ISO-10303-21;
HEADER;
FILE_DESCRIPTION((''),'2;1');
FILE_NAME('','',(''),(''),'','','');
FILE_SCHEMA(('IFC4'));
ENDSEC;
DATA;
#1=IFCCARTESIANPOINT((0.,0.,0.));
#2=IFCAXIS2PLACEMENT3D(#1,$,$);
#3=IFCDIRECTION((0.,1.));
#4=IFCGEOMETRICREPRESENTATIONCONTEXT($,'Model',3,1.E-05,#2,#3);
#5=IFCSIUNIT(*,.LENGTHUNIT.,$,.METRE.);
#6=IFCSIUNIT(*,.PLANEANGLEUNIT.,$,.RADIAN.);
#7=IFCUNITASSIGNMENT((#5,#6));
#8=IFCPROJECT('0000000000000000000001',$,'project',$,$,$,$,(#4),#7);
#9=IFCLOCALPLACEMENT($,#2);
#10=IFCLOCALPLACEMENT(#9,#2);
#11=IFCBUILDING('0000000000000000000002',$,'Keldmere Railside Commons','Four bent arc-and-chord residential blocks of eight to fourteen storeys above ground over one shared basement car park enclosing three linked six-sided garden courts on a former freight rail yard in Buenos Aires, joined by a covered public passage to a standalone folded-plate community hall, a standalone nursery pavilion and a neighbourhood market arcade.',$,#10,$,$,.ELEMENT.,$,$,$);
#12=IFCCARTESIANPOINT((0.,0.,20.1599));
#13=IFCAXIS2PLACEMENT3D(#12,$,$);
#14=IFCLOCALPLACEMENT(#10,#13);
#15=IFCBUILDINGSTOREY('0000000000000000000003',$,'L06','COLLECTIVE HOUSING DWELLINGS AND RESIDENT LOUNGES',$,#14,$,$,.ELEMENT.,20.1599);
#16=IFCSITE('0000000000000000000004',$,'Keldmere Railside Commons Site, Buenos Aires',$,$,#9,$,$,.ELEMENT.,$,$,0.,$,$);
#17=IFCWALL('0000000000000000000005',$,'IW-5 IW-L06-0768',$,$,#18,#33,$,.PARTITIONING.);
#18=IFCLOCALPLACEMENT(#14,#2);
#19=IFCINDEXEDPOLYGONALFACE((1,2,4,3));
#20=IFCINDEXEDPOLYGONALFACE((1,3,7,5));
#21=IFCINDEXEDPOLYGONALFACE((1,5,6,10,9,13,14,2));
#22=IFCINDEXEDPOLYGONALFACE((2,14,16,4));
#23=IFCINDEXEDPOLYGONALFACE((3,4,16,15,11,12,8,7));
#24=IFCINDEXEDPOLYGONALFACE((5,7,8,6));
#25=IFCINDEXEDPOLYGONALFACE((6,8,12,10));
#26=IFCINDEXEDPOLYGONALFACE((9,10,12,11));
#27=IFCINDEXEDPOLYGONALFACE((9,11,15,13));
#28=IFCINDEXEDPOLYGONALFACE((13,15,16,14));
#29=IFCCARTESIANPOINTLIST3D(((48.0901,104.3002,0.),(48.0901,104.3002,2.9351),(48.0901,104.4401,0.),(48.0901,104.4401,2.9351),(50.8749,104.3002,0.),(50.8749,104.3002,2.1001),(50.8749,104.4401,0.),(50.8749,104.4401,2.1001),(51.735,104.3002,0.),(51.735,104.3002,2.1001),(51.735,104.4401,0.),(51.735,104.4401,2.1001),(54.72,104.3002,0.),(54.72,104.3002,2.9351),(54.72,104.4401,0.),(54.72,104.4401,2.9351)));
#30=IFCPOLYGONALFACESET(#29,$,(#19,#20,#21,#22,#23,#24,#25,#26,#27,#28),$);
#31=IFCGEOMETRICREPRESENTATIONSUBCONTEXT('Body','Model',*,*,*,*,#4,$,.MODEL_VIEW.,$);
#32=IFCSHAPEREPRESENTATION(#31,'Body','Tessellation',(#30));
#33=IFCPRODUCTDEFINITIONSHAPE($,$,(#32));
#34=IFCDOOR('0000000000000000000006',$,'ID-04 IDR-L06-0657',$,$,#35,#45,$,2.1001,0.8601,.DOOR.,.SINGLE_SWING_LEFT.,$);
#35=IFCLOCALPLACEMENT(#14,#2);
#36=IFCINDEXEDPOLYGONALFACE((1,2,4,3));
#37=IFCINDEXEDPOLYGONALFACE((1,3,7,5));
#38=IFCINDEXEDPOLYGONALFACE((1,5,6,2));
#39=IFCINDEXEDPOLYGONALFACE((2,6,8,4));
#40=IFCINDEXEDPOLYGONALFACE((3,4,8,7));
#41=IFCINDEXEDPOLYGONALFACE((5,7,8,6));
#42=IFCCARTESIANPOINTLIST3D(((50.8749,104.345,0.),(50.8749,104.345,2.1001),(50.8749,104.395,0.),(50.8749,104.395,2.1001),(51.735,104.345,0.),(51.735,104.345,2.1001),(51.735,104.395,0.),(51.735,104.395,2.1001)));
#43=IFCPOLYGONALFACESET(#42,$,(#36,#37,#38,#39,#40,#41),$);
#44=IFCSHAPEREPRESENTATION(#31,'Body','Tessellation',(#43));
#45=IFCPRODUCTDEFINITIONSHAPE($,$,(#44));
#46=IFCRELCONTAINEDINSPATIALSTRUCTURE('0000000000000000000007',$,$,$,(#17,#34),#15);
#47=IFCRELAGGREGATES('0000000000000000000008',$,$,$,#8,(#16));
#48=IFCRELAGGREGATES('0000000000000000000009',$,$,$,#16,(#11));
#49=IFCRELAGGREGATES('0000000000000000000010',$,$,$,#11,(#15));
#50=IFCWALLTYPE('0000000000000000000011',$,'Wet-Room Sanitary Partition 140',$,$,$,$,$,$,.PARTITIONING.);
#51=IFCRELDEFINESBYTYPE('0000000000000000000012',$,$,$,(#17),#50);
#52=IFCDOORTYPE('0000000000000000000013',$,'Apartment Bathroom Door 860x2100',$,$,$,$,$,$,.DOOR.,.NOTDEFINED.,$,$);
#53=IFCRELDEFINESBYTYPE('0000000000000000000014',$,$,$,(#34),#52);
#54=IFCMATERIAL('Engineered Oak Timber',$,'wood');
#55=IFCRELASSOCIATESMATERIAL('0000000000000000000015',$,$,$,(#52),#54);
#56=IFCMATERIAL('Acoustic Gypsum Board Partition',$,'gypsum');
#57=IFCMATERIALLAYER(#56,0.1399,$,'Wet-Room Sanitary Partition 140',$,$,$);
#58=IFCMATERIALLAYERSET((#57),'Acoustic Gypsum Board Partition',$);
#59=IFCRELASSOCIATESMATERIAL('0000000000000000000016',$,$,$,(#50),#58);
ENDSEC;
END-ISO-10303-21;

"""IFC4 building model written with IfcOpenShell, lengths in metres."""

from ifc_helpers import new_model, si_unit, direction, frame, frame_2d, origin, place, context, subcontext, project, spatial, rectangle, extrude, material, layer, layer_set, type_object, element, fill, save


model = new_model("IFC4")

# Units and contexts
model_context = context("Model", 3, precision=1e-05, world=origin(), true_north=direction((0.0, 1.0)))
body_context = subcontext(model_context, "Body", "Model", "MODEL_VIEW")
ifc_project = project(units=[si_unit("LENGTHUNIT", "METRE"), si_unit("PLANEANGLEUNIT", "RADIAN")], contexts=[model_context])

# Site, building, storey
site_placement = place(None, origin())
site = spatial("IfcSite", under=ifc_project, at=site_placement, Name="Keldmere Railside Commons Site, Buenos Aires", CompositionType="ELEMENT", RefElevation=0.0)
building_placement = place(site_placement, origin())
building = spatial("IfcBuilding", under=site, at=building_placement, Name="Keldmere Railside Commons", Description="Four bent arc-and-chord residential blocks of eight to fourteen storeys above ground over one shared basement car park enclosing three linked six-sided garden courts on a former freight rail yard in Buenos Aires, joined by a covered public passage to a standalone folded-plate community hall, a standalone nursery pavilion and a neighbourhood market arcade.", CompositionType="ELEMENT")
storey_placement = place(building_placement, frame((0.0, 0.0, 20.1599)))
storey = spatial("IfcBuildingStorey", under=building, at=storey_placement, Name="L06", Description="COLLECTIVE HOUSING DWELLINGS AND RESIDENT LOUNGES", CompositionType="ELEMENT", Elevation=20.1599)

# Shared definitions
ifc_material_1 = material(Name="Acoustic Gypsum Board Partition", Category="gypsum")

# Shared definitions
ifc_material_2 = material(Name="Engineered Oak Timber", Category="wood")
door_type_1 = type_object("IfcDoorType", Name="Apartment Bathroom Door 860x2100", OperationType="NOTDEFINED", PredefinedType="DOOR", material=ifc_material_2)

# Shared definitions
ifc_layer_1 = layer(ifc_material_1, 0.1399, Name="Wet-Room Sanitary Partition 140")
ifc_layer_set_1 = layer_set([ifc_layer_1], Name="Acoustic Gypsum Board Partition")
wall_type_1 = type_object("IfcWallType", Name="Wet-Room Sanitary Partition 140", PredefinedType="PARTITIONING", material=ifc_layer_set_1)

# Wall, opening, door
wall_1_placement = place(storey_placement, frame((48.0901, 104.3701, 0.0), z_axis=(0.0, 0.0, 1.0), x_axis=(1.0, 0.0, 0.0)))
wall_1 = element("IfcWall", 1, at=wall_1_placement, inside=storey, type_object=wall_type_1, Name="IW-5 IW-L06-0768", PredefinedType="PARTITIONING", context=body_context, shape_type="SweptSolid", body=[
    extrude(rectangle(XDim=6.6299, YDim=0.1399, at=frame_2d((3.3149, 0.0))), origin(), (0.0, 0.0, 1.0), 2.9351),
])
opening_1_placement = place(wall_1_placement, frame((2.7847, 0.0, 0.0)))
opening_1 = element("IfcOpeningElement", 2, at=opening_1_placement, cuts=wall_1, PredefinedType="OPENING", context=body_context, shape_type="SweptSolid", body=[
    extrude(rectangle(XDim=0.8601, YDim=2.1001, at=frame_2d((0.4302, 1.05))), frame((0.0, 0.0798, 0.0), z_axis=(0.0, -1.0, 0.0), x_axis=(1.0, 0.0, 0.0)), (0.0, 0.0, 1.0), 0.1599),
])
door_1_placement = place(opening_1_placement, origin())
door_1 = element("IfcDoor", 3, at=door_1_placement, inside=storey, type_object=door_type_1, Name="ID-04 IDR-L06-0657", OperationType="SINGLE_SWING_LEFT", OverallHeight=2.1001, OverallWidth=0.8601, PredefinedType="DOOR", context=body_context, shape_type="SweptSolid", body=[
    extrude(rectangle(XDim=0.8601, YDim=2.1001, at=frame_2d((0.4302, 1.05))), frame((0.0, 0.0249, 0.0), z_axis=(0.0, -1.0, 0.0), x_axis=(1.0, 0.0, 0.0)), (0.0, 0.0, 1.0), 0.05),
])
fill(opening_1, door_1)

save(model, "model.ifc")
